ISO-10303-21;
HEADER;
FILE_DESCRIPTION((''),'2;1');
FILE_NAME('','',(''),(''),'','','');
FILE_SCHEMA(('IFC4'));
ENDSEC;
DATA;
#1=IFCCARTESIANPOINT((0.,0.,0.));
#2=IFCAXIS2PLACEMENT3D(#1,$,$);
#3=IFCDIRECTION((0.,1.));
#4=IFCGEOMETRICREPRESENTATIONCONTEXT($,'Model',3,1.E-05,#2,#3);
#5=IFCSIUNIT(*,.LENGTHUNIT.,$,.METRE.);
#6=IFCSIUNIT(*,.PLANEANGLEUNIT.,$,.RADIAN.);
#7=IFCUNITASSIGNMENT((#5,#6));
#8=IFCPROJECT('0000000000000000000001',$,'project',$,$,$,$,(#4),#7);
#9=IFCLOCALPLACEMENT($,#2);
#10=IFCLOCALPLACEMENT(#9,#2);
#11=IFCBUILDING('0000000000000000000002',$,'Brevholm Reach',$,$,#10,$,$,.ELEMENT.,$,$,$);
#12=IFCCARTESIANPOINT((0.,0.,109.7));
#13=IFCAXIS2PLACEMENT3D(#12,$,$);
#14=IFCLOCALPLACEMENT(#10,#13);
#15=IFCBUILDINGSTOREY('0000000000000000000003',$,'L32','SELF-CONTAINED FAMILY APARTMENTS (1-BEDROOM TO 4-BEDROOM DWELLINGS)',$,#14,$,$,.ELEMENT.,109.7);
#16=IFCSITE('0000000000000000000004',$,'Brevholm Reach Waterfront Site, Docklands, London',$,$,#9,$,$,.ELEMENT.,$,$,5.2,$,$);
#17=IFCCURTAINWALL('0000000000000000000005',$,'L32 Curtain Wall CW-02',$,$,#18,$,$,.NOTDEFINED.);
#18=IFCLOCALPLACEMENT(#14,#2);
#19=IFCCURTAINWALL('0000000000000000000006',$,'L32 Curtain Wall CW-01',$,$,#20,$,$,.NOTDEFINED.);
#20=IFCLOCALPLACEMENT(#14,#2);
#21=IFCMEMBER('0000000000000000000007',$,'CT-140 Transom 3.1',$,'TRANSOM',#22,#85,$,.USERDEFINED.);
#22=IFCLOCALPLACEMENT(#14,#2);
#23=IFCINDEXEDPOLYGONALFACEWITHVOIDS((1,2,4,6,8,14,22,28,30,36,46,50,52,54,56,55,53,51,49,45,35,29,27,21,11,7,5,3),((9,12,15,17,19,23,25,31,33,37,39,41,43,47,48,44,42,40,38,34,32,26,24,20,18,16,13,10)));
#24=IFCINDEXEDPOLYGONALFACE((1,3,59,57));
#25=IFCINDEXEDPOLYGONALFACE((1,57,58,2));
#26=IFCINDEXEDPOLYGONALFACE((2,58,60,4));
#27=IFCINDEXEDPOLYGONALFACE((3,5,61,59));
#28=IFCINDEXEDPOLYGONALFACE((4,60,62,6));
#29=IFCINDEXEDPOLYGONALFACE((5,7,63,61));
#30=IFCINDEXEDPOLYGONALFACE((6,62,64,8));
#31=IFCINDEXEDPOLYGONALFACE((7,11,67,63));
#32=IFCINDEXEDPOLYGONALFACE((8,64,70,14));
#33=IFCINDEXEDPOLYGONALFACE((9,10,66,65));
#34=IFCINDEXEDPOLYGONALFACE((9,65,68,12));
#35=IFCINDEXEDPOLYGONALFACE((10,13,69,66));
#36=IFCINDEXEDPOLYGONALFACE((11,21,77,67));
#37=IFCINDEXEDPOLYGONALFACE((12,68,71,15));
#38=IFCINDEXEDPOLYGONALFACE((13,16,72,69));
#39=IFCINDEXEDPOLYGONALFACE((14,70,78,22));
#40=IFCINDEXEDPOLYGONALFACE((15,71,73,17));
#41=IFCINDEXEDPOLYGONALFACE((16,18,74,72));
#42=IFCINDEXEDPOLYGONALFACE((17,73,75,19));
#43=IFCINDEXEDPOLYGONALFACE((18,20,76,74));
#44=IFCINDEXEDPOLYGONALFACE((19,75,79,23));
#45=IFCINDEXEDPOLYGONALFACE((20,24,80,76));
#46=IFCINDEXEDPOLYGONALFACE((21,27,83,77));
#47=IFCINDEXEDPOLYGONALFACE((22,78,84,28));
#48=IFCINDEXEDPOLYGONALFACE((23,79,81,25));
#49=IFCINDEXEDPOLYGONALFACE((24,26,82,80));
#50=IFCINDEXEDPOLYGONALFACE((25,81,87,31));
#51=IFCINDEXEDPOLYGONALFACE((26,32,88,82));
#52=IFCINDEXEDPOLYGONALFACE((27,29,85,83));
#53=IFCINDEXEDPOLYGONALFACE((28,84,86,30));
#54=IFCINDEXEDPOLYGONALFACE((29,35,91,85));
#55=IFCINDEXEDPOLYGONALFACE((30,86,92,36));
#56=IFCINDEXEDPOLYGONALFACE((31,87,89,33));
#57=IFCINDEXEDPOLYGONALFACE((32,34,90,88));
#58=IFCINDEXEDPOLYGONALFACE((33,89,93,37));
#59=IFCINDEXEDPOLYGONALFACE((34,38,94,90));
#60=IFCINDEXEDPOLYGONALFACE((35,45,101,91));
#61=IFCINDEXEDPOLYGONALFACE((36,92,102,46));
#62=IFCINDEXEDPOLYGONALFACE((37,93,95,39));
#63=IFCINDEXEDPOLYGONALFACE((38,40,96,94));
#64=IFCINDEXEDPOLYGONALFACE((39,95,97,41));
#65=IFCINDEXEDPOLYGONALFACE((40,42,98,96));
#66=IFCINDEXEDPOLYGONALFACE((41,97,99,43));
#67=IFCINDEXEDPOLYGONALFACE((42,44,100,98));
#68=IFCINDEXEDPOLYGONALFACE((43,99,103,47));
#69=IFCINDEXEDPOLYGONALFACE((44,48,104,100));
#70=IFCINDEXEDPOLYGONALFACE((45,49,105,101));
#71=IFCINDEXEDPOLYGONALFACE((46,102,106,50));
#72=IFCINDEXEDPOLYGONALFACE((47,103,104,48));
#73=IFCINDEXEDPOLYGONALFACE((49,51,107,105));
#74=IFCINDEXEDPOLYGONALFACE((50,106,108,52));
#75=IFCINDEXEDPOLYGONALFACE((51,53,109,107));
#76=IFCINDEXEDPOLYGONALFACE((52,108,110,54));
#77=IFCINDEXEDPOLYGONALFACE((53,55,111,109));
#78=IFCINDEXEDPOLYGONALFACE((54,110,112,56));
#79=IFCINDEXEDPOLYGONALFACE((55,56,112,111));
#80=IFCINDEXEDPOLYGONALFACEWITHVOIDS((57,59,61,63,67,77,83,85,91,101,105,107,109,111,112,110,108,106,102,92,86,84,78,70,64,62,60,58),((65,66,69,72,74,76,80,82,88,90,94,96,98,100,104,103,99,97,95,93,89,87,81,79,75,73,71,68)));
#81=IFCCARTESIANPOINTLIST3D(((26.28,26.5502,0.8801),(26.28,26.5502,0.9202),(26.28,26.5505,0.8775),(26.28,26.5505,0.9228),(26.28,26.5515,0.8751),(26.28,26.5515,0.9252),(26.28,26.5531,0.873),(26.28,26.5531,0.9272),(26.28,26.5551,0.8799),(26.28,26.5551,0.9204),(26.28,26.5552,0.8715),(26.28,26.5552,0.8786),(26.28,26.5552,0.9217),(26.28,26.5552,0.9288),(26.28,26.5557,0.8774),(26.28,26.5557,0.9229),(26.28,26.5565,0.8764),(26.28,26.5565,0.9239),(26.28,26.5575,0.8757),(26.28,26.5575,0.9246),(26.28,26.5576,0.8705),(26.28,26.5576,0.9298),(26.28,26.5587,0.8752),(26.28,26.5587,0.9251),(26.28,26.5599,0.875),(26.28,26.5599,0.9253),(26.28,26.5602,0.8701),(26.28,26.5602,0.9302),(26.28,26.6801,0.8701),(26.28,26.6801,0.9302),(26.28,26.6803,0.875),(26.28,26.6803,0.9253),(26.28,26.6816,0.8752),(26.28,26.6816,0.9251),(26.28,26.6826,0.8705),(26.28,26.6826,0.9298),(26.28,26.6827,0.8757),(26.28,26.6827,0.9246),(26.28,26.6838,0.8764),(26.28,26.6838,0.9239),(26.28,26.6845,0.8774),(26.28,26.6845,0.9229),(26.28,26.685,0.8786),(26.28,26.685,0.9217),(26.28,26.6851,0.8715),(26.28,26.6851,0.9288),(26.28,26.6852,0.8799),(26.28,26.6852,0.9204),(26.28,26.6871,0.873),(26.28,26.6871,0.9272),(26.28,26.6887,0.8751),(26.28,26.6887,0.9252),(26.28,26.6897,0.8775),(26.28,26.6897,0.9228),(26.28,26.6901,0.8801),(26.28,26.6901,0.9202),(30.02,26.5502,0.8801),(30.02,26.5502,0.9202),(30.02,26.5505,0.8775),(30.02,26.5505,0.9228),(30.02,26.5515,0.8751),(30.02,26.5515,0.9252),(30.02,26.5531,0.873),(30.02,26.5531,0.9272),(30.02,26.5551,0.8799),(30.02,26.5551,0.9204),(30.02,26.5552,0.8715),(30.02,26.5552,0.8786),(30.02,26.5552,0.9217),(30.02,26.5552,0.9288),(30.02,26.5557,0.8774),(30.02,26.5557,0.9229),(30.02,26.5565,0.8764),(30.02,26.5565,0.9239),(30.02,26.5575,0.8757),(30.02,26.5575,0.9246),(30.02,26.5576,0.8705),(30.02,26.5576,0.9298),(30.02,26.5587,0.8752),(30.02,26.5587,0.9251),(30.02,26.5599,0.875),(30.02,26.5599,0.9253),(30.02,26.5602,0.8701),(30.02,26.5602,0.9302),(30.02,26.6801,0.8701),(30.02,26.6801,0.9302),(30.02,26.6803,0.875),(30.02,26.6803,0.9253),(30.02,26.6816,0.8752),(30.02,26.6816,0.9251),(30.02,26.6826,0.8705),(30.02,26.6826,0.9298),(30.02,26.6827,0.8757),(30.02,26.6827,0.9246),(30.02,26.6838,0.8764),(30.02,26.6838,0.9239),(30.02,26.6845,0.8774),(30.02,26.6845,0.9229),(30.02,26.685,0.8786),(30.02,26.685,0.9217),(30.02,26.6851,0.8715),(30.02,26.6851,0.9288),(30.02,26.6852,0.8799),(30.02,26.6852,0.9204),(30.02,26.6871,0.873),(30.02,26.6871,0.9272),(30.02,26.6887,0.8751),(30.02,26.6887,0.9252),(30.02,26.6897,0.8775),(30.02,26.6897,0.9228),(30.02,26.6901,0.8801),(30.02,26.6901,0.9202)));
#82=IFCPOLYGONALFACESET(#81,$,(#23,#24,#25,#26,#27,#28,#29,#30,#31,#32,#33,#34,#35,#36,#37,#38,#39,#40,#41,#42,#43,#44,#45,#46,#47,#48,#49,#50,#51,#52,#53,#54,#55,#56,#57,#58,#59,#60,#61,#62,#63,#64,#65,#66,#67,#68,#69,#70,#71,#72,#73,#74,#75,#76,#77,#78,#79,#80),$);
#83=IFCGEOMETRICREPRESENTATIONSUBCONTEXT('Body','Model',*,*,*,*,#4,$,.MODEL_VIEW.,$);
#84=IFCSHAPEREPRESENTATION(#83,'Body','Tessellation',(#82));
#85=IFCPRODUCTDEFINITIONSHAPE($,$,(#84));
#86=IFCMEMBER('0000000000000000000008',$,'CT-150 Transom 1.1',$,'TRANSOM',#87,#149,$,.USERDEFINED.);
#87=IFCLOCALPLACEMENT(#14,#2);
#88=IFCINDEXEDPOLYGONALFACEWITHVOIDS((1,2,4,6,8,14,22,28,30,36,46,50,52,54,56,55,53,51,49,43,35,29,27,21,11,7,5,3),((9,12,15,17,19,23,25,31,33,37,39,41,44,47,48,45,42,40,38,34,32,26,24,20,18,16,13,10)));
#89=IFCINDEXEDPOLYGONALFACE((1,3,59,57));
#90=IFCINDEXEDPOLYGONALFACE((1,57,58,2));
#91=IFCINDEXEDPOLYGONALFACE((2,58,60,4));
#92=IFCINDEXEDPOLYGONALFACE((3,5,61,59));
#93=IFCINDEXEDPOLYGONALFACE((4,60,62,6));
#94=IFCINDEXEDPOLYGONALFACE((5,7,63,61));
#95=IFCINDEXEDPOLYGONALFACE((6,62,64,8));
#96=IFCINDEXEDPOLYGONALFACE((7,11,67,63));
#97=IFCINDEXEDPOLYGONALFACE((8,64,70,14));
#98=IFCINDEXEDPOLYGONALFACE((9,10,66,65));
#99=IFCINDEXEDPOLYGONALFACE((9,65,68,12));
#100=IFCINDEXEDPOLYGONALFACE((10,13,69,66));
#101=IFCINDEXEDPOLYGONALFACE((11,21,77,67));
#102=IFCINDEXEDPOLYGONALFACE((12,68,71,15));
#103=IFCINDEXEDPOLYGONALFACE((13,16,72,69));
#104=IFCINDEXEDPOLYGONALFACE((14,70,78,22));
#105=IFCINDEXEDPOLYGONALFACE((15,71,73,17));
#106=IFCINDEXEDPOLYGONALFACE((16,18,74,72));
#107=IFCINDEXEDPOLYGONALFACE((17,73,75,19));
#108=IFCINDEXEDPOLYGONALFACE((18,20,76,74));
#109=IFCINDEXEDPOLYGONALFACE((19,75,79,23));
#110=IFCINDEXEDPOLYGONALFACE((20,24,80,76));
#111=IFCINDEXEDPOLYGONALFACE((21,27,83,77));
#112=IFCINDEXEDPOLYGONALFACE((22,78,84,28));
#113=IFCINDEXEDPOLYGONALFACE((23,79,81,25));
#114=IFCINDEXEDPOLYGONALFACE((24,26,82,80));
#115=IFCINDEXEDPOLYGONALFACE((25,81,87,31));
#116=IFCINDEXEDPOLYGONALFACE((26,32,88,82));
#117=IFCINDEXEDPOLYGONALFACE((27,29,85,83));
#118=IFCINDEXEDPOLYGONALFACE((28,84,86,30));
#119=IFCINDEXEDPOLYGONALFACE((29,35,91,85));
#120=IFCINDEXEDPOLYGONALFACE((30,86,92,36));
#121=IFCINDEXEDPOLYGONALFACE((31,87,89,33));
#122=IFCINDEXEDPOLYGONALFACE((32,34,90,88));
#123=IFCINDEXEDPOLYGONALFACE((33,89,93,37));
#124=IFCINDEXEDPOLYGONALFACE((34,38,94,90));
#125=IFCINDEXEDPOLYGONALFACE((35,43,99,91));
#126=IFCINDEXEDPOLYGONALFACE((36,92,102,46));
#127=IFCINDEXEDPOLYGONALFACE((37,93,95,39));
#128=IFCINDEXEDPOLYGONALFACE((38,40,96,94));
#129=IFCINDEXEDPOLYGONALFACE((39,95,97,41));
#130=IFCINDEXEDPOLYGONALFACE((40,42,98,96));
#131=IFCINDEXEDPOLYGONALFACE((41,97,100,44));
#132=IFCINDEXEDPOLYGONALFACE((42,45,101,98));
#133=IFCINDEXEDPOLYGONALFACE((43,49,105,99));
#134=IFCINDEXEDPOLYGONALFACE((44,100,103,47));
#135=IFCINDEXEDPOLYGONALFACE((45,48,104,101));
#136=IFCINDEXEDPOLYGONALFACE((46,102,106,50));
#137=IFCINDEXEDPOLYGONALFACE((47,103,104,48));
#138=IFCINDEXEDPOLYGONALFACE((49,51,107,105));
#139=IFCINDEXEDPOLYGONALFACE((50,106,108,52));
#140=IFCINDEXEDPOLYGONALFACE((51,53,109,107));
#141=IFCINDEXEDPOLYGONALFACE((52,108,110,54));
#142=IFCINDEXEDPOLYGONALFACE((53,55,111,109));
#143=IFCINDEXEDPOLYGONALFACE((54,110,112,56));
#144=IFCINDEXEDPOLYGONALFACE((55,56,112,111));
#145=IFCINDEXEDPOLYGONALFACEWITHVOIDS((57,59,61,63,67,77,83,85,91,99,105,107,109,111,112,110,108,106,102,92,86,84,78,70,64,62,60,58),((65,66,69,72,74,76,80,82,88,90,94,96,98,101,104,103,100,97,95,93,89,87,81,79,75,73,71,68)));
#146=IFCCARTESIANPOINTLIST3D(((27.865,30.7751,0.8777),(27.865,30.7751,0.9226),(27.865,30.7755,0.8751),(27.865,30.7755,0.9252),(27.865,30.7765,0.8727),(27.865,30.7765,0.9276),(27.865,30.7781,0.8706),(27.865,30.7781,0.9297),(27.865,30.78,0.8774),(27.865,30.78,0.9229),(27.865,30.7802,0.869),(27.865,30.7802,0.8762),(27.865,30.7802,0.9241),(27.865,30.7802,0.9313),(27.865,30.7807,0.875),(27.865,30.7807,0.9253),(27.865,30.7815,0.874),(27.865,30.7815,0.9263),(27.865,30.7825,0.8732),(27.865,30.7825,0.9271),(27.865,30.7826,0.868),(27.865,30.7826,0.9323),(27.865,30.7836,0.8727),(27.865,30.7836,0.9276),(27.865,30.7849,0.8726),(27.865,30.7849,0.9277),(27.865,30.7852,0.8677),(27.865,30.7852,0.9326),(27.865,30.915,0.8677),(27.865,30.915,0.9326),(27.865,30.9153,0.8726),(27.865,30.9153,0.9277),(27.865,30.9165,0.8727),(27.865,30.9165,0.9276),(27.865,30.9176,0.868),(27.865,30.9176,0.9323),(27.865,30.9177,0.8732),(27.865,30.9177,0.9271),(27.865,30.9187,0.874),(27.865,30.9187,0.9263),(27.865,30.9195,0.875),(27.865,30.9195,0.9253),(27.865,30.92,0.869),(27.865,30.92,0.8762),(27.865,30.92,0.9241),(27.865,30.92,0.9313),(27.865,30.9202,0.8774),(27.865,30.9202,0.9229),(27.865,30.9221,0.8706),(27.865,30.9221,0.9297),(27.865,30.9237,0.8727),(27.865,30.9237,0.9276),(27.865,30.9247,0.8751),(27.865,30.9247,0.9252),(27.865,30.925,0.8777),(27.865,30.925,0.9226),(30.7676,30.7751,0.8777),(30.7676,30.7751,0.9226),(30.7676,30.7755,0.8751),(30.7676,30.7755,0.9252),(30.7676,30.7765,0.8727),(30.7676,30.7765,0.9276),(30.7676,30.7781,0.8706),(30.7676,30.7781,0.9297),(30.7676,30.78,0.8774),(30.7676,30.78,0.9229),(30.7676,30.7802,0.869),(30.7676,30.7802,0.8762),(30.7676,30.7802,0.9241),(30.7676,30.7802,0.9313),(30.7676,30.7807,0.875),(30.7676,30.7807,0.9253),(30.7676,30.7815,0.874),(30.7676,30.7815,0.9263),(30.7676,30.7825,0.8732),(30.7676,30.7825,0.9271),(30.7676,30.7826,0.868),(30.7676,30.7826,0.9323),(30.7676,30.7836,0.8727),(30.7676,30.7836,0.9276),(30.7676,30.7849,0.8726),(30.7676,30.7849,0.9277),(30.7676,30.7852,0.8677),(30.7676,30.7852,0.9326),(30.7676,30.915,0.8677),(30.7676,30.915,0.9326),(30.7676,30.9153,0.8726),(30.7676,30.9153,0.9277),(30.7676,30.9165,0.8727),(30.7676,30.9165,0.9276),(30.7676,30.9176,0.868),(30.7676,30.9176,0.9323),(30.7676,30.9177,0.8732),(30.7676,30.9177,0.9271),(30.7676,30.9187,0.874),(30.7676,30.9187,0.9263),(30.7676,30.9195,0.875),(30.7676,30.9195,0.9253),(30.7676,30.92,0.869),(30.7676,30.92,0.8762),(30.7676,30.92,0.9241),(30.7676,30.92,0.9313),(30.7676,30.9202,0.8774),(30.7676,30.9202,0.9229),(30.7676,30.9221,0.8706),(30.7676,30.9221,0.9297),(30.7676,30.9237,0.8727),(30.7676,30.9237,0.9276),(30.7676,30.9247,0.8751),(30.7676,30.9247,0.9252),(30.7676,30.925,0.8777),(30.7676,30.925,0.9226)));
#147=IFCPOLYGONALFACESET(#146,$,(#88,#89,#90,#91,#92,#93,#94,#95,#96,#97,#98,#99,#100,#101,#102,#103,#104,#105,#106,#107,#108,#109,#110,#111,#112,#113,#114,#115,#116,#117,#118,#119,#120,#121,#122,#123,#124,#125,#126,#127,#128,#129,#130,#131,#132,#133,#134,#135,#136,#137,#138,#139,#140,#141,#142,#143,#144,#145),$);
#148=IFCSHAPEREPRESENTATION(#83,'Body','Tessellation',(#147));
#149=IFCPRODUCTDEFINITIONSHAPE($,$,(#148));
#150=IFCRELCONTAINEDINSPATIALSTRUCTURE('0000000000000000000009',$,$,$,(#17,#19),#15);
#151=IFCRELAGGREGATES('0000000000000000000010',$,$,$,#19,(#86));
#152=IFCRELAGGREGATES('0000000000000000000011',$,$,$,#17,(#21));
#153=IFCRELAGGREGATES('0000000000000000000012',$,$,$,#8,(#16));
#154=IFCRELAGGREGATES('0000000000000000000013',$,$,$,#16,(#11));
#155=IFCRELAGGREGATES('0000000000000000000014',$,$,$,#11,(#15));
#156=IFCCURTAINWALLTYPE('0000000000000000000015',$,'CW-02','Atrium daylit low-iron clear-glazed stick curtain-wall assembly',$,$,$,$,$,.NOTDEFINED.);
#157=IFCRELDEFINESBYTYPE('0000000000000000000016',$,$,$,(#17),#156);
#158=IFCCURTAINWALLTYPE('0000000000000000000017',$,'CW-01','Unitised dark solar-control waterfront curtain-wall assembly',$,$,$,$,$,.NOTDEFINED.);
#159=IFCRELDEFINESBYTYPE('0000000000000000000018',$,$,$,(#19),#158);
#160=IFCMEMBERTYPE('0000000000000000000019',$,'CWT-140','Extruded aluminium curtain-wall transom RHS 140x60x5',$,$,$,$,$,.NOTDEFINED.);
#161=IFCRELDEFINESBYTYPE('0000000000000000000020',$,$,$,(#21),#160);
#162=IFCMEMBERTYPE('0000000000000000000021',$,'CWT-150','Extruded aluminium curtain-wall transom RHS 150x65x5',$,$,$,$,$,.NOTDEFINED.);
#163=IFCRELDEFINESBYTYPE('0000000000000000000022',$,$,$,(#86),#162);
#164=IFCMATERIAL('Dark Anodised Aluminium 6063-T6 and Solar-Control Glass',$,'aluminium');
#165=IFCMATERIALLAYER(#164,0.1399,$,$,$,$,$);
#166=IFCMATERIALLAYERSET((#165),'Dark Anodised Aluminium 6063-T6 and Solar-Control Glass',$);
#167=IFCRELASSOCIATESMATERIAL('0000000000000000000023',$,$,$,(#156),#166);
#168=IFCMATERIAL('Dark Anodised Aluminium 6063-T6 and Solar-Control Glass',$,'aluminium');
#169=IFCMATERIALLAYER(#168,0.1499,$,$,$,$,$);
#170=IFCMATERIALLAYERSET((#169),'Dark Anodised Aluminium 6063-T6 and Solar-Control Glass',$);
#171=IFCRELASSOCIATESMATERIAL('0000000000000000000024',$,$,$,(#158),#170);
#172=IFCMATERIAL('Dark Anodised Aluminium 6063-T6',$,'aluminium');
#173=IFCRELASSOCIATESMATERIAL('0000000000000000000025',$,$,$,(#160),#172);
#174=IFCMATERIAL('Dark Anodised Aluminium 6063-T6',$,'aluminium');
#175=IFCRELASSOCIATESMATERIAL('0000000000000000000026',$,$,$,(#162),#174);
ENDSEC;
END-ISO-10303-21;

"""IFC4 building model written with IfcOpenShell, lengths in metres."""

from ifc_helpers import new_model, si_unit, direction, frame, origin, origin_2d, place, context, subcontext, project, spatial, hollow_rectangle, extrude, material, layer, layer_set, material_profile, profile_set, type_object, element, aggregate, save


model = new_model("IFC4")

# Units and contexts
model_context = context("Model", 3, precision=1e-05, world=origin(), true_north=direction((0.0, 1.0)))
body_context = subcontext(model_context, "Body", "Model", "MODEL_VIEW")
ifc_project = project(units=[si_unit("LENGTHUNIT", "METRE"), si_unit("PLANEANGLEUNIT", "RADIAN")], contexts=[model_context])

# Site, building, storey
site_placement = place(None, origin())
site = spatial("IfcSite", under=ifc_project, at=site_placement, Name="Brevholm Reach Waterfront Site, Docklands, London", CompositionType="ELEMENT", RefElevation=5.2)
building_placement = place(site_placement, origin())
building = spatial("IfcBuilding", under=site, at=building_placement, Name="Brevholm Reach", CompositionType="ELEMENT")
storey_placement = place(building_placement, frame((0.0, 0.0, 109.7)))
storey = spatial("IfcBuildingStorey", under=building, at=storey_placement, Name="L32", Description="SELF-CONTAINED FAMILY APARTMENTS (1-BEDROOM TO 4-BEDROOM DWELLINGS)", CompositionType="ELEMENT", Elevation=109.7)

# Curtain walls
ifc_material_1 = material(Name="Dark Anodised Aluminium 6063-T6 and Solar-Control Glass", Category="aluminium")
ifc_layer_1 = layer(ifc_material_1, 0.1399)
ifc_layer_set_1 = layer_set([ifc_layer_1], Name="Dark Anodised Aluminium 6063-T6 and Solar-Control Glass")
curtain_wall_type_1 = type_object("IfcCurtainWallType", Name="CW-02", Description="Atrium daylit low-iron clear-glazed stick curtain-wall assembly", PredefinedType="NOTDEFINED", material=ifc_layer_set_1)
curtain_wall_1_placement = place(storey_placement, origin())
curtain_wall_1 = element("IfcCurtainWall", 1, at=curtain_wall_1_placement, inside=storey, type_object=curtain_wall_type_1, Name="L32 Curtain Wall CW-02", PredefinedType="NOTDEFINED")
ifc_material_2 = material(Name="Dark Anodised Aluminium 6063-T6 and Solar-Control Glass", Category="aluminium")
ifc_layer_2 = layer(ifc_material_2, 0.1499)
ifc_layer_set_2 = layer_set([ifc_layer_2], Name="Dark Anodised Aluminium 6063-T6 and Solar-Control Glass")
curtain_wall_type_2 = type_object("IfcCurtainWallType", Name="CW-01", Description="Unitised dark solar-control waterfront curtain-wall assembly", PredefinedType="NOTDEFINED", material=ifc_layer_set_2)
curtain_wall_2_placement = place(storey_placement, origin())
curtain_wall_2 = element("IfcCurtainWall", 2, at=curtain_wall_2_placement, inside=storey, type_object=curtain_wall_type_2, Name="L32 Curtain Wall CW-01", PredefinedType="NOTDEFINED")

# Members
ifc_material_3 = material(Name="Dark Anodised Aluminium 6063-T6", Category="aluminium")
ifc_material_profile_1 = material_profile(ifc_material_3, hollow_rectangle(XDim=0.0601, YDim=0.1399, WallThickness=0.0049, InnerFilletRadius=0.0049, OuterFilletRadius=0.01, at=origin_2d()), Name="RHS 140x60x5")
ifc_profile_set_1 = profile_set([ifc_material_profile_1], Name="Dark Anodised Aluminium 6063-T6")
member_type_1 = type_object("IfcMemberType", Name="CWT-140", Description="Extruded aluminium curtain-wall transom RHS 140x60x5", PredefinedType="NOTDEFINED", material=ifc_profile_set_1)
member_1_placement = place(storey_placement, frame((30.02, 26.6201, 0.9001), z_axis=(-1.0, 0.0, 0.0), x_axis=(0.0, 0.0, 1.0)))
member_1 = element("IfcMember", 3, at=member_1_placement, type_object=member_type_1, Name="CT-140 Transom 3.1", ObjectType="TRANSOM", PredefinedType="USERDEFINED", context=body_context, shape_type="SweptSolid", body=[
    extrude(hollow_rectangle(XDim=0.0601, YDim=0.1399, WallThickness=0.0049, InnerFilletRadius=0.0049, OuterFilletRadius=0.01, at=origin_2d()), origin(), (0.0, 0.0, 1.0), 3.74),
])
ifc_material_4 = material(Name="Dark Anodised Aluminium 6063-T6", Category="aluminium")
ifc_material_profile_2 = material_profile(ifc_material_4, hollow_rectangle(XDim=0.0649, YDim=0.1499, WallThickness=0.0049, InnerFilletRadius=0.0049, OuterFilletRadius=0.01, at=origin_2d()), Name="RHS 150x65x5")
ifc_profile_set_2 = profile_set([ifc_material_profile_2], Name="Dark Anodised Aluminium 6063-T6")
member_type_2 = type_object("IfcMemberType", Name="CWT-150", Description="Extruded aluminium curtain-wall transom RHS 150x65x5", PredefinedType="NOTDEFINED", material=ifc_profile_set_2)
member_2_placement = place(storey_placement, frame((27.865, 30.8501, 0.9001), z_axis=(1.0, 0.0, 0.0), x_axis=(0.0, 0.0, 1.0)))
member_2 = element("IfcMember", 4, at=member_2_placement, type_object=member_type_2, Name="CT-150 Transom 1.1", ObjectType="TRANSOM", PredefinedType="USERDEFINED", context=body_context, shape_type="SweptSolid", body=[
    extrude(hollow_rectangle(XDim=0.0649, YDim=0.1499, WallThickness=0.0049, InnerFilletRadius=0.0049, OuterFilletRadius=0.01, at=origin_2d()), origin(), (0.0, 0.0, 1.0), 2.9026),
])

aggregate(curtain_wall_2, [member_2])
aggregate(curtain_wall_1, [member_1])

save(model, "model.ifc")
